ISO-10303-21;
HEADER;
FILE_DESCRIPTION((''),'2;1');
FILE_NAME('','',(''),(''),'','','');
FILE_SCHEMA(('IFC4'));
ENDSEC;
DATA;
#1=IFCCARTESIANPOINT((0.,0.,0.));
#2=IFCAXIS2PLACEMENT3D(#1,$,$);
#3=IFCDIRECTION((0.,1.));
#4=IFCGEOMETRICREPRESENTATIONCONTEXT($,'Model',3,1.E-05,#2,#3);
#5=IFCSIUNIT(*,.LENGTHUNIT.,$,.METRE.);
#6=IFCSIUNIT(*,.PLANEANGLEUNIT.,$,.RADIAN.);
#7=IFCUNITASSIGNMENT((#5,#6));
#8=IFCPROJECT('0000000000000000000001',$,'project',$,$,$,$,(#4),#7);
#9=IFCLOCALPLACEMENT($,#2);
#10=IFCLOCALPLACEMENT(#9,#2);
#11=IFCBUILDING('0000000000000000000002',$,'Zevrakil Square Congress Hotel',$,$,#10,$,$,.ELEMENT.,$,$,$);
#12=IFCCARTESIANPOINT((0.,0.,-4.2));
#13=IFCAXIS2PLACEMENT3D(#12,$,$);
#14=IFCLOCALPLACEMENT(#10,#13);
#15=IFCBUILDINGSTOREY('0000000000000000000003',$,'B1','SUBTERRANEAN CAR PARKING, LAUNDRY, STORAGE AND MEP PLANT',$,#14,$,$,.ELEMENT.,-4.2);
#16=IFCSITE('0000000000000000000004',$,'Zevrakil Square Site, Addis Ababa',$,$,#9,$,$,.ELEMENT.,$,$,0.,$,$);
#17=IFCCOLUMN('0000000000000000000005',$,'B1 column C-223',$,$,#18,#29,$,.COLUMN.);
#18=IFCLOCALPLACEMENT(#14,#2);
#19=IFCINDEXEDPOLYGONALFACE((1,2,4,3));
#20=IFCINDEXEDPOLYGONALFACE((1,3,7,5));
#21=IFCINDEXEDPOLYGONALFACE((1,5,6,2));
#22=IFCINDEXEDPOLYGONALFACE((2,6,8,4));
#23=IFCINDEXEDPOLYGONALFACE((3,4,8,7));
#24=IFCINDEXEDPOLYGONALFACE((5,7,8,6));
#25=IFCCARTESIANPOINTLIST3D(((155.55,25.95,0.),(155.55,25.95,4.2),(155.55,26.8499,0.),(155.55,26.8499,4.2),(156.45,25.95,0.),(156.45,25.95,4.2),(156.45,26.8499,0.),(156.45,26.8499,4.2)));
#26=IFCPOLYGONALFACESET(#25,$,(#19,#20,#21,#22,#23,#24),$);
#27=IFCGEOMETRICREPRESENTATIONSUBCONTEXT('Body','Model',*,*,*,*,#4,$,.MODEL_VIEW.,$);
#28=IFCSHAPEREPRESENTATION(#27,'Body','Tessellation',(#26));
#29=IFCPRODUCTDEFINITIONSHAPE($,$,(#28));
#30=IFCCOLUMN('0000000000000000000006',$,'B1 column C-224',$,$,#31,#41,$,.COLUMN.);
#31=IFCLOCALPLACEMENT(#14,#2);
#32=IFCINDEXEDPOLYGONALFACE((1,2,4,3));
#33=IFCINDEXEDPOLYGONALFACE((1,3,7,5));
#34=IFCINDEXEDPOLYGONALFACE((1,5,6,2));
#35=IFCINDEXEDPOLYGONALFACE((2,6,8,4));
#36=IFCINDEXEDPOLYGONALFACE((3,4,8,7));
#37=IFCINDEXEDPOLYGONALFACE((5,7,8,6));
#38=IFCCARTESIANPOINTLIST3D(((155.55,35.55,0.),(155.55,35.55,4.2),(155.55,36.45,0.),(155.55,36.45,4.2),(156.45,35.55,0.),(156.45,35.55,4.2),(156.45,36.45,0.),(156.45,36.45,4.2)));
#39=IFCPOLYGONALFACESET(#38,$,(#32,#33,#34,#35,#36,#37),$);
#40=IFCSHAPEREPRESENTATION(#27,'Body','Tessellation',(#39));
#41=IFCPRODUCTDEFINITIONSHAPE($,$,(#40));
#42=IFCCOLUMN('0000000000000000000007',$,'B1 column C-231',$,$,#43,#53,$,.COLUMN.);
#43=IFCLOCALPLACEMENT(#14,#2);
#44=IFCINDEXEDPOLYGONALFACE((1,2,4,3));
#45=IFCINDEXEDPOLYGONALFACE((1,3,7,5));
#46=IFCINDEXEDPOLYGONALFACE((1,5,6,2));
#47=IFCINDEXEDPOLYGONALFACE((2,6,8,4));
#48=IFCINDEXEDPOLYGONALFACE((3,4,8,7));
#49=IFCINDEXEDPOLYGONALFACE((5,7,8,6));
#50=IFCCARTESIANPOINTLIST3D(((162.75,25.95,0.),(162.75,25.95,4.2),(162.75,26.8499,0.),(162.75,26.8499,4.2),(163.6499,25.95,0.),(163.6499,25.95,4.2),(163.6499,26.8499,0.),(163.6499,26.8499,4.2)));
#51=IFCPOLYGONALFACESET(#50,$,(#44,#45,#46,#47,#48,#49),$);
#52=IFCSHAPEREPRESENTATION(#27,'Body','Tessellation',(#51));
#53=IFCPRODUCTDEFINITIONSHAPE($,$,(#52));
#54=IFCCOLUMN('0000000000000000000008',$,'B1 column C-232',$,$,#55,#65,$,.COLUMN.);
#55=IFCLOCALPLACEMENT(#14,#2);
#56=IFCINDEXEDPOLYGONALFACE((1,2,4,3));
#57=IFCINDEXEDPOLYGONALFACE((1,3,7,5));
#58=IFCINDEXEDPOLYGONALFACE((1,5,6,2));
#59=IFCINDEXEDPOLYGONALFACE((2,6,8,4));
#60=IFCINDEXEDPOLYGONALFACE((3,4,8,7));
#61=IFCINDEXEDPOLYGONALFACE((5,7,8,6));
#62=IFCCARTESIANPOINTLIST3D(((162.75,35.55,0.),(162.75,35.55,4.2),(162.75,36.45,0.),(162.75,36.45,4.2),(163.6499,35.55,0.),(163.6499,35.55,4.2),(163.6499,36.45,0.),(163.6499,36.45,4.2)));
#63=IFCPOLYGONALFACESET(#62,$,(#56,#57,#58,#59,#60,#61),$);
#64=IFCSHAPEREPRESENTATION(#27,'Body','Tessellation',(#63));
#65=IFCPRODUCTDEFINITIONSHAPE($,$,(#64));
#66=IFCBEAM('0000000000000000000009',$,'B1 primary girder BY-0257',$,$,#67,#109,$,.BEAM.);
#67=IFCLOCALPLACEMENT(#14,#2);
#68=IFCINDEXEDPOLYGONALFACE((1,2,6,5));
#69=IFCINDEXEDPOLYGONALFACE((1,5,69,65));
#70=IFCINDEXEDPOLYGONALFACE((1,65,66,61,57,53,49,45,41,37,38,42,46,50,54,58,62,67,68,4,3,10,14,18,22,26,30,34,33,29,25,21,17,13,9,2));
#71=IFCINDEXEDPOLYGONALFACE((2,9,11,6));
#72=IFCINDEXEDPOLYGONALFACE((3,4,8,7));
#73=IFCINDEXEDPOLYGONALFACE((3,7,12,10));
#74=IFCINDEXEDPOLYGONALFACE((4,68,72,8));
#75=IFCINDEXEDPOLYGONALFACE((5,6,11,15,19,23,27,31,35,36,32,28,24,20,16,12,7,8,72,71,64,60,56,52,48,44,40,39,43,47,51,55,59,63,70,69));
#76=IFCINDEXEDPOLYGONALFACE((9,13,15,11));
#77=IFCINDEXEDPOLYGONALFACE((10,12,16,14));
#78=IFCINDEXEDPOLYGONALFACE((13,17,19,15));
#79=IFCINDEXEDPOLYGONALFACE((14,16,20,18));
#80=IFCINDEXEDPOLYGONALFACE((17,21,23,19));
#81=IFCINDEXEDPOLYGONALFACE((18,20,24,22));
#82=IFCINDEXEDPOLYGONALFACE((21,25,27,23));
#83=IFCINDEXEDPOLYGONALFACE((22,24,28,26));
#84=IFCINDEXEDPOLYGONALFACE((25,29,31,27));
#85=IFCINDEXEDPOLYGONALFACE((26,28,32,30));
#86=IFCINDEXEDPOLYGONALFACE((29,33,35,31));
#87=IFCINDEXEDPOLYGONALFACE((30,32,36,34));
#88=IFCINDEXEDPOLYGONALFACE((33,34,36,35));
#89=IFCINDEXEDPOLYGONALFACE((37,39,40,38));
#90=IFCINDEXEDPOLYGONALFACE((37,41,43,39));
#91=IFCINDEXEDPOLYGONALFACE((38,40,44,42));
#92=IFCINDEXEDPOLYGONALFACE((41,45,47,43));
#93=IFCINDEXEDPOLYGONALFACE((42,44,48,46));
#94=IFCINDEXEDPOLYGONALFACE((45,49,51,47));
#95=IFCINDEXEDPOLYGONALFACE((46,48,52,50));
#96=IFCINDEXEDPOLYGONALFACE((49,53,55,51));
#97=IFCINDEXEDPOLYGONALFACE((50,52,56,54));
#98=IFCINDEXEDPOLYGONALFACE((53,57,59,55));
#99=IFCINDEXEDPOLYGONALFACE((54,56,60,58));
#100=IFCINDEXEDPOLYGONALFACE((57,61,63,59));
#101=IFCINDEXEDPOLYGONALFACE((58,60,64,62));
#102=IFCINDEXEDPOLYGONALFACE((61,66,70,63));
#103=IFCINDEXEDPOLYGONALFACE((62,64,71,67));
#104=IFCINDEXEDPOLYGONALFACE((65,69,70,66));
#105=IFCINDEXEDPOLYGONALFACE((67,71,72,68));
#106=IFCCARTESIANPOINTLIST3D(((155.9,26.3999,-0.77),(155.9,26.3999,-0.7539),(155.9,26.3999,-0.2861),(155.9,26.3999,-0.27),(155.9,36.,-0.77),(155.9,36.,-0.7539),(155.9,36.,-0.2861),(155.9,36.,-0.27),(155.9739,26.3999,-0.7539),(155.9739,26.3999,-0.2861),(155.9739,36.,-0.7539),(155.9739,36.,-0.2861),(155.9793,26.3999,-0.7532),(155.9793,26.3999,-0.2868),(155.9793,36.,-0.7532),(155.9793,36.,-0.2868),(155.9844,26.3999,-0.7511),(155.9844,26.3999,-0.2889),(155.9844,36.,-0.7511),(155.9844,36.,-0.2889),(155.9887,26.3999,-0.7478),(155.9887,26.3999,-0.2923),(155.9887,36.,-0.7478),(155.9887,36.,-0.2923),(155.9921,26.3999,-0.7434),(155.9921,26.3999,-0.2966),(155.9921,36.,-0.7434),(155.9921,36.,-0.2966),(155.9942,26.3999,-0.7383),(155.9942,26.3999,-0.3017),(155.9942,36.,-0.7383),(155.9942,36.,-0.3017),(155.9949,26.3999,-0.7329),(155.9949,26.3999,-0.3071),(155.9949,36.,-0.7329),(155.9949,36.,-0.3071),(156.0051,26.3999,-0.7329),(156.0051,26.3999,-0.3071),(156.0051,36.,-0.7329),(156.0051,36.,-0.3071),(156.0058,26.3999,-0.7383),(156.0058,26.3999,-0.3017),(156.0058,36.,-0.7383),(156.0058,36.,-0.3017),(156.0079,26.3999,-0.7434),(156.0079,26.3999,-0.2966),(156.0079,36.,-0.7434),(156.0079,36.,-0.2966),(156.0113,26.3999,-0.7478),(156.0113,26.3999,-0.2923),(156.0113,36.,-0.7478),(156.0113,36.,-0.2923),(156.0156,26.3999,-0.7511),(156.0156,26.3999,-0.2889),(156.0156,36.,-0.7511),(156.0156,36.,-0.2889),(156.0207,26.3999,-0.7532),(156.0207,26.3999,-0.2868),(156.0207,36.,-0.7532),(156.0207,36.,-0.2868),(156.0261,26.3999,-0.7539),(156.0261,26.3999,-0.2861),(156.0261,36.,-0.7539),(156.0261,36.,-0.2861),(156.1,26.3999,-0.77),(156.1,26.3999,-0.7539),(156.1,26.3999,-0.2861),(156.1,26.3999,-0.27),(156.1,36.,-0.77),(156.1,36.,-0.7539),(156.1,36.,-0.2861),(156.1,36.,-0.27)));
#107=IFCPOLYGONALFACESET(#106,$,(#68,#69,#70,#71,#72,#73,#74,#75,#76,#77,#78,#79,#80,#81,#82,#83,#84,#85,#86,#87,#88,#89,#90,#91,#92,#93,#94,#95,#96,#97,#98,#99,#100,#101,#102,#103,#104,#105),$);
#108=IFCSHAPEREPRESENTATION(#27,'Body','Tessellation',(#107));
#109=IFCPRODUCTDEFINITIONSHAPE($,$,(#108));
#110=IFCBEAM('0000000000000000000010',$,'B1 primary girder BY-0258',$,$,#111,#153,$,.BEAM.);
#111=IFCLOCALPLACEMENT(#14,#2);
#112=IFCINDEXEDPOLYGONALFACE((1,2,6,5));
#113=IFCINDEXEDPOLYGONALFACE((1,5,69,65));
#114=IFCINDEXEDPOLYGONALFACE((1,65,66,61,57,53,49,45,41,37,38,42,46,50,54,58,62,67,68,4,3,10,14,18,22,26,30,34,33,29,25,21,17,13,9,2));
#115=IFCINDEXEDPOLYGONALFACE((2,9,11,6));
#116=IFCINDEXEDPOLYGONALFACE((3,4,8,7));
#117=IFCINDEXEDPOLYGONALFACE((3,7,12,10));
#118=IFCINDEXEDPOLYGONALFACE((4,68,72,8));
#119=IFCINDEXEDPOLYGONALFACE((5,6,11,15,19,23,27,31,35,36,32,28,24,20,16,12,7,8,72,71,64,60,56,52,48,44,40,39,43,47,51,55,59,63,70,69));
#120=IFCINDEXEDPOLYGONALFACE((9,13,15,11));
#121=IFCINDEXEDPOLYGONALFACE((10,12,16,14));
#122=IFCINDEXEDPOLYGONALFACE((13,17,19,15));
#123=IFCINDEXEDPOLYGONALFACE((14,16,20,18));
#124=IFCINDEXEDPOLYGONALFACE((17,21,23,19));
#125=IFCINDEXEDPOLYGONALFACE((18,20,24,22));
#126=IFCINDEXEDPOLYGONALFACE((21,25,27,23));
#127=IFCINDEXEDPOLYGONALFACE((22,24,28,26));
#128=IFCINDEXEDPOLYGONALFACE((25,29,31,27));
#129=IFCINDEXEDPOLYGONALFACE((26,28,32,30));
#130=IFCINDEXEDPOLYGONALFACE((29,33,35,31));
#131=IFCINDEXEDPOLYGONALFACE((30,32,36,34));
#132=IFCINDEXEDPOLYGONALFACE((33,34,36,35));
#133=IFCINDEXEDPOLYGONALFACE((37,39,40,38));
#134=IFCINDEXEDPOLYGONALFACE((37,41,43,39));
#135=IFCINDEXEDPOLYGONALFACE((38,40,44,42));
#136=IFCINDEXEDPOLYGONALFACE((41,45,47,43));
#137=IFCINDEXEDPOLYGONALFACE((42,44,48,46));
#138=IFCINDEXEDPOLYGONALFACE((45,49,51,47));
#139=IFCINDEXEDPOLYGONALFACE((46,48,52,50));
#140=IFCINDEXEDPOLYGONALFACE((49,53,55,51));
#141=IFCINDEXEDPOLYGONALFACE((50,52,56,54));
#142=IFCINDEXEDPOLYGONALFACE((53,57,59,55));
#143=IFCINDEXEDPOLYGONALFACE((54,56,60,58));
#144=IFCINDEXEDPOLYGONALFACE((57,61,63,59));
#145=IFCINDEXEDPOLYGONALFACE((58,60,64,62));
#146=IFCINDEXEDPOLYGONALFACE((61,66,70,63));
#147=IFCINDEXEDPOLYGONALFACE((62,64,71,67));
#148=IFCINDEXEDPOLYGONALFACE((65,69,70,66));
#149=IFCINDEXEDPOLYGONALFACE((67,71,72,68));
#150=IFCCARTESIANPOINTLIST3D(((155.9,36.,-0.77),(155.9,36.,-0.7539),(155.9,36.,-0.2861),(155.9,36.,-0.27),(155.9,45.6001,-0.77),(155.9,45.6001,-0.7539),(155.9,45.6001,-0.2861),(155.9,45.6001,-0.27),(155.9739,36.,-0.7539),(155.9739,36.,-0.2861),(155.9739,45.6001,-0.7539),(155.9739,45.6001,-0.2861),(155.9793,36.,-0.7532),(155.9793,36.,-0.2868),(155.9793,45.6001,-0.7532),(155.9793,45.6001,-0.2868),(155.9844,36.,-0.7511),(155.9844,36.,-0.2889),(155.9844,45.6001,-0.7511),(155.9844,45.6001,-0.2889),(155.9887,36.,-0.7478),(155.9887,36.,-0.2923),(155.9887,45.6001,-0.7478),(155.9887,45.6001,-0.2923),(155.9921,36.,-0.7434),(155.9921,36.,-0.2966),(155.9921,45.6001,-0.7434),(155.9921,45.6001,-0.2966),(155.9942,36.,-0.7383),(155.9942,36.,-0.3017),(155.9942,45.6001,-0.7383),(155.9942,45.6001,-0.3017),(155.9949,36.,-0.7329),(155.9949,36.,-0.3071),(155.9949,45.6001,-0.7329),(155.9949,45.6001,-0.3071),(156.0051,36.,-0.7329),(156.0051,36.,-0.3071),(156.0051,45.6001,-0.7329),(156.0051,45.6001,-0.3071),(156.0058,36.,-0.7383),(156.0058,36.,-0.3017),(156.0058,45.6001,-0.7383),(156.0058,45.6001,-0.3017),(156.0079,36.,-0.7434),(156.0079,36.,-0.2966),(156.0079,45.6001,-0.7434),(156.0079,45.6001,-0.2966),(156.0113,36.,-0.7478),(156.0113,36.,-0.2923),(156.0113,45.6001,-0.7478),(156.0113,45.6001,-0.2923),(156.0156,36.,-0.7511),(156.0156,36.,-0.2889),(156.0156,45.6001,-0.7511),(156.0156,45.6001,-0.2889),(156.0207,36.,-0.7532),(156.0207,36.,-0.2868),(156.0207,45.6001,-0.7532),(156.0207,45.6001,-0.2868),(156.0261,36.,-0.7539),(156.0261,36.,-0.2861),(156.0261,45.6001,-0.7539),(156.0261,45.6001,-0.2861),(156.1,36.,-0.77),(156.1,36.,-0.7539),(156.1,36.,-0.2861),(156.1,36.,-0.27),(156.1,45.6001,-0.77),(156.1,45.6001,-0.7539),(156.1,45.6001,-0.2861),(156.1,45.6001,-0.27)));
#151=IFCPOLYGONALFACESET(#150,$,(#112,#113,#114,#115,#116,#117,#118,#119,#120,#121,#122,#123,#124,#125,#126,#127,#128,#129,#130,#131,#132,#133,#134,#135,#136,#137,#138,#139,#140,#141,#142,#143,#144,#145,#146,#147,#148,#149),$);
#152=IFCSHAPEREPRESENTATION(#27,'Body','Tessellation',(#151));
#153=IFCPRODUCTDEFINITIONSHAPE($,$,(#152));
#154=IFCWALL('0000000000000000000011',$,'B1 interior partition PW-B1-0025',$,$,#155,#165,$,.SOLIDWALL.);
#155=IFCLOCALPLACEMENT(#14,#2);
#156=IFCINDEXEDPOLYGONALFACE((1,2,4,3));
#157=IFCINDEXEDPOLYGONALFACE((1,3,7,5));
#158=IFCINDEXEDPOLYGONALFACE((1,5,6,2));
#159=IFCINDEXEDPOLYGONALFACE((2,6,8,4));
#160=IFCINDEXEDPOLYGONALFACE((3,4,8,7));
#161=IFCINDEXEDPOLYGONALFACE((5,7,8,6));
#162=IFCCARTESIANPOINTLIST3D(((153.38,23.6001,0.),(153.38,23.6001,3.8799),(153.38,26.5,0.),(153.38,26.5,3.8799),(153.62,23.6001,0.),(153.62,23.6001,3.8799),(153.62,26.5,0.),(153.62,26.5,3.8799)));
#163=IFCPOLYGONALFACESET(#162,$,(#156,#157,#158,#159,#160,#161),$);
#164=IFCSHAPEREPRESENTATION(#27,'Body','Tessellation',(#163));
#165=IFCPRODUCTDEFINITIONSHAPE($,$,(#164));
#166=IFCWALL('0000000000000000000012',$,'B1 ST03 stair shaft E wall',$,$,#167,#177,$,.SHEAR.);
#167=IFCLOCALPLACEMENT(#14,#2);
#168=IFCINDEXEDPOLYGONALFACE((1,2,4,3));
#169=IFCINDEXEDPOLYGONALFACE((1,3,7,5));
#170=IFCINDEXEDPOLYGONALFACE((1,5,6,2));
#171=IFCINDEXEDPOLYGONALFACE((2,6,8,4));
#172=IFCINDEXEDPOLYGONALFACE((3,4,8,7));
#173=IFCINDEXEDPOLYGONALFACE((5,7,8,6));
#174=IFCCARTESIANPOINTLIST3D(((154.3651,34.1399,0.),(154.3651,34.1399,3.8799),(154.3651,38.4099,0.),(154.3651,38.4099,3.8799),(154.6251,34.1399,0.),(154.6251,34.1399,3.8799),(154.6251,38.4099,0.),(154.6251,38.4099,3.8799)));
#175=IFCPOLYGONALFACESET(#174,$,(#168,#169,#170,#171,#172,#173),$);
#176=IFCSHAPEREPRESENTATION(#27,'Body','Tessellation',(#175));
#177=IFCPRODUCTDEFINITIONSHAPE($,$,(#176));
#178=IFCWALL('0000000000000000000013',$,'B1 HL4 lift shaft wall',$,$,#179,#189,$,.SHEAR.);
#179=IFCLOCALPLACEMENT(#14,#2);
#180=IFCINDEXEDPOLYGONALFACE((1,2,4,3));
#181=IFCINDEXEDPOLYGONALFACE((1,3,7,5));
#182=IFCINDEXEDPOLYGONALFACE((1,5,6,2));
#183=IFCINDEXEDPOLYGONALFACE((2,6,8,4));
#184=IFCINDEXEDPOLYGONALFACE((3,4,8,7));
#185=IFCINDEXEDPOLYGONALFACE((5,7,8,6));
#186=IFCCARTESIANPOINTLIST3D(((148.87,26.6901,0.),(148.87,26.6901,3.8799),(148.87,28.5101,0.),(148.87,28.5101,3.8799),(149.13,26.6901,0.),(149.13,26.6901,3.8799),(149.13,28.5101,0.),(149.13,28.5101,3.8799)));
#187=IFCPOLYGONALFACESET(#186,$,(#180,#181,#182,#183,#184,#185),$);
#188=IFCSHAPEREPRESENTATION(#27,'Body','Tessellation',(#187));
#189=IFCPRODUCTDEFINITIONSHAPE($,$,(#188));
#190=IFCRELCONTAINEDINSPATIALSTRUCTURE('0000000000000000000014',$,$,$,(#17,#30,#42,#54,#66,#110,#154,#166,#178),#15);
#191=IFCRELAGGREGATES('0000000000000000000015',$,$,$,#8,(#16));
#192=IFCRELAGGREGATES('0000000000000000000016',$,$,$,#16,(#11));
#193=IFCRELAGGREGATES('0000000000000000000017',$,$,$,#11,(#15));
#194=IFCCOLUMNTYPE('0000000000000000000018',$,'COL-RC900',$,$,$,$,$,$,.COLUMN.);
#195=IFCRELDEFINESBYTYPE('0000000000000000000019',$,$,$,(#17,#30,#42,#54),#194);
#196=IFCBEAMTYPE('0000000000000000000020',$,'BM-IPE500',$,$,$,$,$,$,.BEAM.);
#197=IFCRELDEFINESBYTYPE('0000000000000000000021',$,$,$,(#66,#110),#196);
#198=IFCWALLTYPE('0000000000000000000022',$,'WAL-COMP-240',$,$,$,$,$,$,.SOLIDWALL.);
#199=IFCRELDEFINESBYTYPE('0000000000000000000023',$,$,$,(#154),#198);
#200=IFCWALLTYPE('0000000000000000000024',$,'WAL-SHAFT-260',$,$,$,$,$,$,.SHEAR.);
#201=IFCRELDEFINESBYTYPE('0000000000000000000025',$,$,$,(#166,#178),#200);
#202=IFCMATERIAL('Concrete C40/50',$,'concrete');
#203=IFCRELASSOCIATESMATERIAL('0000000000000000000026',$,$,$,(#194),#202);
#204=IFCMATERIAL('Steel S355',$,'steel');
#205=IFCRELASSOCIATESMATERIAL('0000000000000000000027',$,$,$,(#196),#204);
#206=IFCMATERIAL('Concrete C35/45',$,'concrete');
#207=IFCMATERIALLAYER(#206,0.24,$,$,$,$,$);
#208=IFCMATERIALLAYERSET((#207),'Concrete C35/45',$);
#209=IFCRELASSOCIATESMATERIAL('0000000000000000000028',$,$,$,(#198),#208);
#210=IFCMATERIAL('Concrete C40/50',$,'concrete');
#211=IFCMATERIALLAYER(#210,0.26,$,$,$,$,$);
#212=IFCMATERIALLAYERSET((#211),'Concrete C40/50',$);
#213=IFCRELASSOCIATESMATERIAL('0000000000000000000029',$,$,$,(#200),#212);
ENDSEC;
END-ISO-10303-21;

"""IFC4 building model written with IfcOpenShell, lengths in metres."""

from ifc_helpers import new_model, si_unit, direction, frame, frame_2d, origin, origin_2d, place, context, subcontext, project, spatial, rectangle, i_section, extrude, material, layer, layer_set, material_profile, profile_set, type_object, element, save


model = new_model("IFC4")

# Units and contexts
model_context = context("Model", 3, precision=1e-05, world=origin(), true_north=direction((0.0, 1.0)))
body_context = subcontext(model_context, "Body", "Model", "MODEL_VIEW")
ifc_project = project(units=[si_unit("LENGTHUNIT", "METRE"), si_unit("PLANEANGLEUNIT", "RADIAN")], contexts=[model_context])

# Site, building, storey
site_placement = place(None, origin())
site = spatial("IfcSite", under=ifc_project, at=site_placement, Name="Zevrakil Square Site, Addis Ababa", CompositionType="ELEMENT", RefElevation=0.0)
building_placement = place(site_placement, origin())
building = spatial("IfcBuilding", under=site, at=building_placement, Name="Zevrakil Square Congress Hotel", CompositionType="ELEMENT")
storey_placement = place(building_placement, frame((0.0, 0.0, -4.2)))
storey = spatial("IfcBuildingStorey", under=building, at=storey_placement, Name="B1", Description="SUBTERRANEAN CAR PARKING, LAUNDRY, STORAGE AND MEP PLANT", CompositionType="ELEMENT", Elevation=-4.2)

# Columns
ifc_material_1 = material(Name="Concrete C40/50", Category="concrete")
ifc_material_profile_1 = material_profile(ifc_material_1, rectangle(XDim=0.8999, YDim=0.8999, at=origin_2d()), Name="RC 900x900")
ifc_profile_set_1 = profile_set([ifc_material_profile_1], Name="Concrete C40/50")
column_type_1 = type_object("IfcColumnType", Name="COL-RC900", PredefinedType="COLUMN", material=ifc_profile_set_1)
for number, where, z_axis, x_axis, name in (
    (1, (156.0, 26.3999, 0.0), (0.0, 0.0, 1.0), (1.0, 0.0, 0.0), "B1 column C-223"),
    (2, (156.0, 36.0, 0.0), (0.0, 0.0, 1.0), (1.0, 0.0, 0.0), "B1 column C-224"),
    (3, (163.2, 26.3999, 0.0), (0.0, 0.0, 1.0), (1.0, 0.0, 0.0), "B1 column C-231"),
    (4, (163.2, 36.0, 0.0), (0.0, 0.0, 1.0), (1.0, 0.0, 0.0), "B1 column C-232"),
):
    element("IfcColumn", number, at=place(storey_placement, frame(where, z_axis=z_axis, x_axis=x_axis)), inside=storey, type_object=column_type_1, Name=name, PredefinedType="COLUMN", context=body_context, shape_type="SweptSolid", body=[
        extrude(rectangle(XDim=0.8999, YDim=0.8999, at=origin_2d()), origin(), (0.0, 0.0, 1.0), 4.2),
    ])

# Beams
ifc_material_2 = material(Name="Steel S355", Category="steel")
ifc_material_profile_2 = material_profile(ifc_material_2, i_section(OverallWidth=0.2, OverallDepth=0.5, WebThickness=0.0103, FlangeThickness=0.0161, FilletRadius=0.021, at=origin_2d()), Name="IPE 500")
ifc_profile_set_2 = profile_set([ifc_material_profile_2], Name="Steel S355")
beam_type = type_object("IfcBeamType", Name="BM-IPE500", PredefinedType="BEAM", material=ifc_profile_set_2)
for number, where, z_axis, x_axis, name in (
    (5, (156.0, 26.3999, -0.52), (0.0, 1.0, 0.0), (-1.0, 0.0, 0.0), "B1 primary girder BY-0257"),
    (6, (156.0, 36.0, -0.52), (0.0, 1.0, 0.0), (-1.0, 0.0, 0.0), "B1 primary girder BY-0258"),
):
    element("IfcBeam", number, at=place(storey_placement, frame(where, z_axis=z_axis, x_axis=x_axis)), inside=storey, type_object=beam_type, Name=name, PredefinedType="BEAM", context=body_context, shape_type="SweptSolid", body=[
        extrude(i_section(OverallWidth=0.2, OverallDepth=0.5, WebThickness=0.0103, FlangeThickness=0.0161, FilletRadius=0.021, at=origin_2d()), origin(), (0.0, 0.0, 1.0), 9.6001),
    ])

# Walls
ifc_material_3 = material(Name="Concrete C35/45", Category="concrete")
ifc_layer_1 = layer(ifc_material_3, 0.24)
ifc_layer_set_1 = layer_set([ifc_layer_1], Name="Concrete C35/45")
wall_type_1 = type_object("IfcWallType", Name="WAL-COMP-240", PredefinedType="SOLIDWALL", material=ifc_layer_set_1)
wall_1_placement = place(storey_placement, frame((153.5, 23.6001, 0.0), z_axis=(0.0, 0.0, 1.0), x_axis=(0.0, 1.0, 0.0)))
element("IfcWall", 7, at=wall_1_placement, inside=storey, type_object=wall_type_1, Name="B1 interior partition PW-B1-0025", PredefinedType="SOLIDWALL", context=body_context, shape_type="SweptSolid", body=[
    extrude(rectangle(XDim=2.8999, YDim=0.24, at=frame_2d((1.45, 0.0))), origin(), (0.0, 0.0, 1.0), 3.8799),
])
ifc_material_4 = material(Name="Concrete C40/50", Category="concrete")
ifc_layer_2 = layer(ifc_material_4, 0.26)
ifc_layer_set_2 = layer_set([ifc_layer_2], Name="Concrete C40/50")
wall_type_2 = type_object("IfcWallType", Name="WAL-SHAFT-260", PredefinedType="SHEAR", material=ifc_layer_set_2)
wall_2_placement = place(storey_placement, frame((154.4951, 34.1399, 0.0), z_axis=(0.0, 0.0, 1.0), x_axis=(0.0, 1.0, 0.0)))
element("IfcWall", 8, at=wall_2_placement, inside=storey, type_object=wall_type_2, Name="B1 ST03 stair shaft E wall", PredefinedType="SHEAR", context=body_context, shape_type="SweptSolid", body=[
    extrude(rectangle(XDim=4.27, YDim=0.26, at=frame_2d((2.135, 0.0))), origin(), (0.0, 0.0, 1.0), 3.8799),
])
wall_3_placement = place(storey_placement, frame((149.0, 26.6899, 0.0), z_axis=(0.0, 0.0, 1.0), x_axis=(0.0, 1.0, 0.0)))
element("IfcWall", 9, at=wall_3_placement, inside=storey, type_object=wall_type_2, Name="B1 HL4 lift shaft wall", PredefinedType="SHEAR", context=body_context, shape_type="SweptSolid", body=[
    extrude(rectangle(XDim=1.8201, YDim=0.26, at=frame_2d((0.9102, 0.0))), origin(), (0.0, 0.0, 1.0), 3.8799),
])

save(model, "model.ifc")
